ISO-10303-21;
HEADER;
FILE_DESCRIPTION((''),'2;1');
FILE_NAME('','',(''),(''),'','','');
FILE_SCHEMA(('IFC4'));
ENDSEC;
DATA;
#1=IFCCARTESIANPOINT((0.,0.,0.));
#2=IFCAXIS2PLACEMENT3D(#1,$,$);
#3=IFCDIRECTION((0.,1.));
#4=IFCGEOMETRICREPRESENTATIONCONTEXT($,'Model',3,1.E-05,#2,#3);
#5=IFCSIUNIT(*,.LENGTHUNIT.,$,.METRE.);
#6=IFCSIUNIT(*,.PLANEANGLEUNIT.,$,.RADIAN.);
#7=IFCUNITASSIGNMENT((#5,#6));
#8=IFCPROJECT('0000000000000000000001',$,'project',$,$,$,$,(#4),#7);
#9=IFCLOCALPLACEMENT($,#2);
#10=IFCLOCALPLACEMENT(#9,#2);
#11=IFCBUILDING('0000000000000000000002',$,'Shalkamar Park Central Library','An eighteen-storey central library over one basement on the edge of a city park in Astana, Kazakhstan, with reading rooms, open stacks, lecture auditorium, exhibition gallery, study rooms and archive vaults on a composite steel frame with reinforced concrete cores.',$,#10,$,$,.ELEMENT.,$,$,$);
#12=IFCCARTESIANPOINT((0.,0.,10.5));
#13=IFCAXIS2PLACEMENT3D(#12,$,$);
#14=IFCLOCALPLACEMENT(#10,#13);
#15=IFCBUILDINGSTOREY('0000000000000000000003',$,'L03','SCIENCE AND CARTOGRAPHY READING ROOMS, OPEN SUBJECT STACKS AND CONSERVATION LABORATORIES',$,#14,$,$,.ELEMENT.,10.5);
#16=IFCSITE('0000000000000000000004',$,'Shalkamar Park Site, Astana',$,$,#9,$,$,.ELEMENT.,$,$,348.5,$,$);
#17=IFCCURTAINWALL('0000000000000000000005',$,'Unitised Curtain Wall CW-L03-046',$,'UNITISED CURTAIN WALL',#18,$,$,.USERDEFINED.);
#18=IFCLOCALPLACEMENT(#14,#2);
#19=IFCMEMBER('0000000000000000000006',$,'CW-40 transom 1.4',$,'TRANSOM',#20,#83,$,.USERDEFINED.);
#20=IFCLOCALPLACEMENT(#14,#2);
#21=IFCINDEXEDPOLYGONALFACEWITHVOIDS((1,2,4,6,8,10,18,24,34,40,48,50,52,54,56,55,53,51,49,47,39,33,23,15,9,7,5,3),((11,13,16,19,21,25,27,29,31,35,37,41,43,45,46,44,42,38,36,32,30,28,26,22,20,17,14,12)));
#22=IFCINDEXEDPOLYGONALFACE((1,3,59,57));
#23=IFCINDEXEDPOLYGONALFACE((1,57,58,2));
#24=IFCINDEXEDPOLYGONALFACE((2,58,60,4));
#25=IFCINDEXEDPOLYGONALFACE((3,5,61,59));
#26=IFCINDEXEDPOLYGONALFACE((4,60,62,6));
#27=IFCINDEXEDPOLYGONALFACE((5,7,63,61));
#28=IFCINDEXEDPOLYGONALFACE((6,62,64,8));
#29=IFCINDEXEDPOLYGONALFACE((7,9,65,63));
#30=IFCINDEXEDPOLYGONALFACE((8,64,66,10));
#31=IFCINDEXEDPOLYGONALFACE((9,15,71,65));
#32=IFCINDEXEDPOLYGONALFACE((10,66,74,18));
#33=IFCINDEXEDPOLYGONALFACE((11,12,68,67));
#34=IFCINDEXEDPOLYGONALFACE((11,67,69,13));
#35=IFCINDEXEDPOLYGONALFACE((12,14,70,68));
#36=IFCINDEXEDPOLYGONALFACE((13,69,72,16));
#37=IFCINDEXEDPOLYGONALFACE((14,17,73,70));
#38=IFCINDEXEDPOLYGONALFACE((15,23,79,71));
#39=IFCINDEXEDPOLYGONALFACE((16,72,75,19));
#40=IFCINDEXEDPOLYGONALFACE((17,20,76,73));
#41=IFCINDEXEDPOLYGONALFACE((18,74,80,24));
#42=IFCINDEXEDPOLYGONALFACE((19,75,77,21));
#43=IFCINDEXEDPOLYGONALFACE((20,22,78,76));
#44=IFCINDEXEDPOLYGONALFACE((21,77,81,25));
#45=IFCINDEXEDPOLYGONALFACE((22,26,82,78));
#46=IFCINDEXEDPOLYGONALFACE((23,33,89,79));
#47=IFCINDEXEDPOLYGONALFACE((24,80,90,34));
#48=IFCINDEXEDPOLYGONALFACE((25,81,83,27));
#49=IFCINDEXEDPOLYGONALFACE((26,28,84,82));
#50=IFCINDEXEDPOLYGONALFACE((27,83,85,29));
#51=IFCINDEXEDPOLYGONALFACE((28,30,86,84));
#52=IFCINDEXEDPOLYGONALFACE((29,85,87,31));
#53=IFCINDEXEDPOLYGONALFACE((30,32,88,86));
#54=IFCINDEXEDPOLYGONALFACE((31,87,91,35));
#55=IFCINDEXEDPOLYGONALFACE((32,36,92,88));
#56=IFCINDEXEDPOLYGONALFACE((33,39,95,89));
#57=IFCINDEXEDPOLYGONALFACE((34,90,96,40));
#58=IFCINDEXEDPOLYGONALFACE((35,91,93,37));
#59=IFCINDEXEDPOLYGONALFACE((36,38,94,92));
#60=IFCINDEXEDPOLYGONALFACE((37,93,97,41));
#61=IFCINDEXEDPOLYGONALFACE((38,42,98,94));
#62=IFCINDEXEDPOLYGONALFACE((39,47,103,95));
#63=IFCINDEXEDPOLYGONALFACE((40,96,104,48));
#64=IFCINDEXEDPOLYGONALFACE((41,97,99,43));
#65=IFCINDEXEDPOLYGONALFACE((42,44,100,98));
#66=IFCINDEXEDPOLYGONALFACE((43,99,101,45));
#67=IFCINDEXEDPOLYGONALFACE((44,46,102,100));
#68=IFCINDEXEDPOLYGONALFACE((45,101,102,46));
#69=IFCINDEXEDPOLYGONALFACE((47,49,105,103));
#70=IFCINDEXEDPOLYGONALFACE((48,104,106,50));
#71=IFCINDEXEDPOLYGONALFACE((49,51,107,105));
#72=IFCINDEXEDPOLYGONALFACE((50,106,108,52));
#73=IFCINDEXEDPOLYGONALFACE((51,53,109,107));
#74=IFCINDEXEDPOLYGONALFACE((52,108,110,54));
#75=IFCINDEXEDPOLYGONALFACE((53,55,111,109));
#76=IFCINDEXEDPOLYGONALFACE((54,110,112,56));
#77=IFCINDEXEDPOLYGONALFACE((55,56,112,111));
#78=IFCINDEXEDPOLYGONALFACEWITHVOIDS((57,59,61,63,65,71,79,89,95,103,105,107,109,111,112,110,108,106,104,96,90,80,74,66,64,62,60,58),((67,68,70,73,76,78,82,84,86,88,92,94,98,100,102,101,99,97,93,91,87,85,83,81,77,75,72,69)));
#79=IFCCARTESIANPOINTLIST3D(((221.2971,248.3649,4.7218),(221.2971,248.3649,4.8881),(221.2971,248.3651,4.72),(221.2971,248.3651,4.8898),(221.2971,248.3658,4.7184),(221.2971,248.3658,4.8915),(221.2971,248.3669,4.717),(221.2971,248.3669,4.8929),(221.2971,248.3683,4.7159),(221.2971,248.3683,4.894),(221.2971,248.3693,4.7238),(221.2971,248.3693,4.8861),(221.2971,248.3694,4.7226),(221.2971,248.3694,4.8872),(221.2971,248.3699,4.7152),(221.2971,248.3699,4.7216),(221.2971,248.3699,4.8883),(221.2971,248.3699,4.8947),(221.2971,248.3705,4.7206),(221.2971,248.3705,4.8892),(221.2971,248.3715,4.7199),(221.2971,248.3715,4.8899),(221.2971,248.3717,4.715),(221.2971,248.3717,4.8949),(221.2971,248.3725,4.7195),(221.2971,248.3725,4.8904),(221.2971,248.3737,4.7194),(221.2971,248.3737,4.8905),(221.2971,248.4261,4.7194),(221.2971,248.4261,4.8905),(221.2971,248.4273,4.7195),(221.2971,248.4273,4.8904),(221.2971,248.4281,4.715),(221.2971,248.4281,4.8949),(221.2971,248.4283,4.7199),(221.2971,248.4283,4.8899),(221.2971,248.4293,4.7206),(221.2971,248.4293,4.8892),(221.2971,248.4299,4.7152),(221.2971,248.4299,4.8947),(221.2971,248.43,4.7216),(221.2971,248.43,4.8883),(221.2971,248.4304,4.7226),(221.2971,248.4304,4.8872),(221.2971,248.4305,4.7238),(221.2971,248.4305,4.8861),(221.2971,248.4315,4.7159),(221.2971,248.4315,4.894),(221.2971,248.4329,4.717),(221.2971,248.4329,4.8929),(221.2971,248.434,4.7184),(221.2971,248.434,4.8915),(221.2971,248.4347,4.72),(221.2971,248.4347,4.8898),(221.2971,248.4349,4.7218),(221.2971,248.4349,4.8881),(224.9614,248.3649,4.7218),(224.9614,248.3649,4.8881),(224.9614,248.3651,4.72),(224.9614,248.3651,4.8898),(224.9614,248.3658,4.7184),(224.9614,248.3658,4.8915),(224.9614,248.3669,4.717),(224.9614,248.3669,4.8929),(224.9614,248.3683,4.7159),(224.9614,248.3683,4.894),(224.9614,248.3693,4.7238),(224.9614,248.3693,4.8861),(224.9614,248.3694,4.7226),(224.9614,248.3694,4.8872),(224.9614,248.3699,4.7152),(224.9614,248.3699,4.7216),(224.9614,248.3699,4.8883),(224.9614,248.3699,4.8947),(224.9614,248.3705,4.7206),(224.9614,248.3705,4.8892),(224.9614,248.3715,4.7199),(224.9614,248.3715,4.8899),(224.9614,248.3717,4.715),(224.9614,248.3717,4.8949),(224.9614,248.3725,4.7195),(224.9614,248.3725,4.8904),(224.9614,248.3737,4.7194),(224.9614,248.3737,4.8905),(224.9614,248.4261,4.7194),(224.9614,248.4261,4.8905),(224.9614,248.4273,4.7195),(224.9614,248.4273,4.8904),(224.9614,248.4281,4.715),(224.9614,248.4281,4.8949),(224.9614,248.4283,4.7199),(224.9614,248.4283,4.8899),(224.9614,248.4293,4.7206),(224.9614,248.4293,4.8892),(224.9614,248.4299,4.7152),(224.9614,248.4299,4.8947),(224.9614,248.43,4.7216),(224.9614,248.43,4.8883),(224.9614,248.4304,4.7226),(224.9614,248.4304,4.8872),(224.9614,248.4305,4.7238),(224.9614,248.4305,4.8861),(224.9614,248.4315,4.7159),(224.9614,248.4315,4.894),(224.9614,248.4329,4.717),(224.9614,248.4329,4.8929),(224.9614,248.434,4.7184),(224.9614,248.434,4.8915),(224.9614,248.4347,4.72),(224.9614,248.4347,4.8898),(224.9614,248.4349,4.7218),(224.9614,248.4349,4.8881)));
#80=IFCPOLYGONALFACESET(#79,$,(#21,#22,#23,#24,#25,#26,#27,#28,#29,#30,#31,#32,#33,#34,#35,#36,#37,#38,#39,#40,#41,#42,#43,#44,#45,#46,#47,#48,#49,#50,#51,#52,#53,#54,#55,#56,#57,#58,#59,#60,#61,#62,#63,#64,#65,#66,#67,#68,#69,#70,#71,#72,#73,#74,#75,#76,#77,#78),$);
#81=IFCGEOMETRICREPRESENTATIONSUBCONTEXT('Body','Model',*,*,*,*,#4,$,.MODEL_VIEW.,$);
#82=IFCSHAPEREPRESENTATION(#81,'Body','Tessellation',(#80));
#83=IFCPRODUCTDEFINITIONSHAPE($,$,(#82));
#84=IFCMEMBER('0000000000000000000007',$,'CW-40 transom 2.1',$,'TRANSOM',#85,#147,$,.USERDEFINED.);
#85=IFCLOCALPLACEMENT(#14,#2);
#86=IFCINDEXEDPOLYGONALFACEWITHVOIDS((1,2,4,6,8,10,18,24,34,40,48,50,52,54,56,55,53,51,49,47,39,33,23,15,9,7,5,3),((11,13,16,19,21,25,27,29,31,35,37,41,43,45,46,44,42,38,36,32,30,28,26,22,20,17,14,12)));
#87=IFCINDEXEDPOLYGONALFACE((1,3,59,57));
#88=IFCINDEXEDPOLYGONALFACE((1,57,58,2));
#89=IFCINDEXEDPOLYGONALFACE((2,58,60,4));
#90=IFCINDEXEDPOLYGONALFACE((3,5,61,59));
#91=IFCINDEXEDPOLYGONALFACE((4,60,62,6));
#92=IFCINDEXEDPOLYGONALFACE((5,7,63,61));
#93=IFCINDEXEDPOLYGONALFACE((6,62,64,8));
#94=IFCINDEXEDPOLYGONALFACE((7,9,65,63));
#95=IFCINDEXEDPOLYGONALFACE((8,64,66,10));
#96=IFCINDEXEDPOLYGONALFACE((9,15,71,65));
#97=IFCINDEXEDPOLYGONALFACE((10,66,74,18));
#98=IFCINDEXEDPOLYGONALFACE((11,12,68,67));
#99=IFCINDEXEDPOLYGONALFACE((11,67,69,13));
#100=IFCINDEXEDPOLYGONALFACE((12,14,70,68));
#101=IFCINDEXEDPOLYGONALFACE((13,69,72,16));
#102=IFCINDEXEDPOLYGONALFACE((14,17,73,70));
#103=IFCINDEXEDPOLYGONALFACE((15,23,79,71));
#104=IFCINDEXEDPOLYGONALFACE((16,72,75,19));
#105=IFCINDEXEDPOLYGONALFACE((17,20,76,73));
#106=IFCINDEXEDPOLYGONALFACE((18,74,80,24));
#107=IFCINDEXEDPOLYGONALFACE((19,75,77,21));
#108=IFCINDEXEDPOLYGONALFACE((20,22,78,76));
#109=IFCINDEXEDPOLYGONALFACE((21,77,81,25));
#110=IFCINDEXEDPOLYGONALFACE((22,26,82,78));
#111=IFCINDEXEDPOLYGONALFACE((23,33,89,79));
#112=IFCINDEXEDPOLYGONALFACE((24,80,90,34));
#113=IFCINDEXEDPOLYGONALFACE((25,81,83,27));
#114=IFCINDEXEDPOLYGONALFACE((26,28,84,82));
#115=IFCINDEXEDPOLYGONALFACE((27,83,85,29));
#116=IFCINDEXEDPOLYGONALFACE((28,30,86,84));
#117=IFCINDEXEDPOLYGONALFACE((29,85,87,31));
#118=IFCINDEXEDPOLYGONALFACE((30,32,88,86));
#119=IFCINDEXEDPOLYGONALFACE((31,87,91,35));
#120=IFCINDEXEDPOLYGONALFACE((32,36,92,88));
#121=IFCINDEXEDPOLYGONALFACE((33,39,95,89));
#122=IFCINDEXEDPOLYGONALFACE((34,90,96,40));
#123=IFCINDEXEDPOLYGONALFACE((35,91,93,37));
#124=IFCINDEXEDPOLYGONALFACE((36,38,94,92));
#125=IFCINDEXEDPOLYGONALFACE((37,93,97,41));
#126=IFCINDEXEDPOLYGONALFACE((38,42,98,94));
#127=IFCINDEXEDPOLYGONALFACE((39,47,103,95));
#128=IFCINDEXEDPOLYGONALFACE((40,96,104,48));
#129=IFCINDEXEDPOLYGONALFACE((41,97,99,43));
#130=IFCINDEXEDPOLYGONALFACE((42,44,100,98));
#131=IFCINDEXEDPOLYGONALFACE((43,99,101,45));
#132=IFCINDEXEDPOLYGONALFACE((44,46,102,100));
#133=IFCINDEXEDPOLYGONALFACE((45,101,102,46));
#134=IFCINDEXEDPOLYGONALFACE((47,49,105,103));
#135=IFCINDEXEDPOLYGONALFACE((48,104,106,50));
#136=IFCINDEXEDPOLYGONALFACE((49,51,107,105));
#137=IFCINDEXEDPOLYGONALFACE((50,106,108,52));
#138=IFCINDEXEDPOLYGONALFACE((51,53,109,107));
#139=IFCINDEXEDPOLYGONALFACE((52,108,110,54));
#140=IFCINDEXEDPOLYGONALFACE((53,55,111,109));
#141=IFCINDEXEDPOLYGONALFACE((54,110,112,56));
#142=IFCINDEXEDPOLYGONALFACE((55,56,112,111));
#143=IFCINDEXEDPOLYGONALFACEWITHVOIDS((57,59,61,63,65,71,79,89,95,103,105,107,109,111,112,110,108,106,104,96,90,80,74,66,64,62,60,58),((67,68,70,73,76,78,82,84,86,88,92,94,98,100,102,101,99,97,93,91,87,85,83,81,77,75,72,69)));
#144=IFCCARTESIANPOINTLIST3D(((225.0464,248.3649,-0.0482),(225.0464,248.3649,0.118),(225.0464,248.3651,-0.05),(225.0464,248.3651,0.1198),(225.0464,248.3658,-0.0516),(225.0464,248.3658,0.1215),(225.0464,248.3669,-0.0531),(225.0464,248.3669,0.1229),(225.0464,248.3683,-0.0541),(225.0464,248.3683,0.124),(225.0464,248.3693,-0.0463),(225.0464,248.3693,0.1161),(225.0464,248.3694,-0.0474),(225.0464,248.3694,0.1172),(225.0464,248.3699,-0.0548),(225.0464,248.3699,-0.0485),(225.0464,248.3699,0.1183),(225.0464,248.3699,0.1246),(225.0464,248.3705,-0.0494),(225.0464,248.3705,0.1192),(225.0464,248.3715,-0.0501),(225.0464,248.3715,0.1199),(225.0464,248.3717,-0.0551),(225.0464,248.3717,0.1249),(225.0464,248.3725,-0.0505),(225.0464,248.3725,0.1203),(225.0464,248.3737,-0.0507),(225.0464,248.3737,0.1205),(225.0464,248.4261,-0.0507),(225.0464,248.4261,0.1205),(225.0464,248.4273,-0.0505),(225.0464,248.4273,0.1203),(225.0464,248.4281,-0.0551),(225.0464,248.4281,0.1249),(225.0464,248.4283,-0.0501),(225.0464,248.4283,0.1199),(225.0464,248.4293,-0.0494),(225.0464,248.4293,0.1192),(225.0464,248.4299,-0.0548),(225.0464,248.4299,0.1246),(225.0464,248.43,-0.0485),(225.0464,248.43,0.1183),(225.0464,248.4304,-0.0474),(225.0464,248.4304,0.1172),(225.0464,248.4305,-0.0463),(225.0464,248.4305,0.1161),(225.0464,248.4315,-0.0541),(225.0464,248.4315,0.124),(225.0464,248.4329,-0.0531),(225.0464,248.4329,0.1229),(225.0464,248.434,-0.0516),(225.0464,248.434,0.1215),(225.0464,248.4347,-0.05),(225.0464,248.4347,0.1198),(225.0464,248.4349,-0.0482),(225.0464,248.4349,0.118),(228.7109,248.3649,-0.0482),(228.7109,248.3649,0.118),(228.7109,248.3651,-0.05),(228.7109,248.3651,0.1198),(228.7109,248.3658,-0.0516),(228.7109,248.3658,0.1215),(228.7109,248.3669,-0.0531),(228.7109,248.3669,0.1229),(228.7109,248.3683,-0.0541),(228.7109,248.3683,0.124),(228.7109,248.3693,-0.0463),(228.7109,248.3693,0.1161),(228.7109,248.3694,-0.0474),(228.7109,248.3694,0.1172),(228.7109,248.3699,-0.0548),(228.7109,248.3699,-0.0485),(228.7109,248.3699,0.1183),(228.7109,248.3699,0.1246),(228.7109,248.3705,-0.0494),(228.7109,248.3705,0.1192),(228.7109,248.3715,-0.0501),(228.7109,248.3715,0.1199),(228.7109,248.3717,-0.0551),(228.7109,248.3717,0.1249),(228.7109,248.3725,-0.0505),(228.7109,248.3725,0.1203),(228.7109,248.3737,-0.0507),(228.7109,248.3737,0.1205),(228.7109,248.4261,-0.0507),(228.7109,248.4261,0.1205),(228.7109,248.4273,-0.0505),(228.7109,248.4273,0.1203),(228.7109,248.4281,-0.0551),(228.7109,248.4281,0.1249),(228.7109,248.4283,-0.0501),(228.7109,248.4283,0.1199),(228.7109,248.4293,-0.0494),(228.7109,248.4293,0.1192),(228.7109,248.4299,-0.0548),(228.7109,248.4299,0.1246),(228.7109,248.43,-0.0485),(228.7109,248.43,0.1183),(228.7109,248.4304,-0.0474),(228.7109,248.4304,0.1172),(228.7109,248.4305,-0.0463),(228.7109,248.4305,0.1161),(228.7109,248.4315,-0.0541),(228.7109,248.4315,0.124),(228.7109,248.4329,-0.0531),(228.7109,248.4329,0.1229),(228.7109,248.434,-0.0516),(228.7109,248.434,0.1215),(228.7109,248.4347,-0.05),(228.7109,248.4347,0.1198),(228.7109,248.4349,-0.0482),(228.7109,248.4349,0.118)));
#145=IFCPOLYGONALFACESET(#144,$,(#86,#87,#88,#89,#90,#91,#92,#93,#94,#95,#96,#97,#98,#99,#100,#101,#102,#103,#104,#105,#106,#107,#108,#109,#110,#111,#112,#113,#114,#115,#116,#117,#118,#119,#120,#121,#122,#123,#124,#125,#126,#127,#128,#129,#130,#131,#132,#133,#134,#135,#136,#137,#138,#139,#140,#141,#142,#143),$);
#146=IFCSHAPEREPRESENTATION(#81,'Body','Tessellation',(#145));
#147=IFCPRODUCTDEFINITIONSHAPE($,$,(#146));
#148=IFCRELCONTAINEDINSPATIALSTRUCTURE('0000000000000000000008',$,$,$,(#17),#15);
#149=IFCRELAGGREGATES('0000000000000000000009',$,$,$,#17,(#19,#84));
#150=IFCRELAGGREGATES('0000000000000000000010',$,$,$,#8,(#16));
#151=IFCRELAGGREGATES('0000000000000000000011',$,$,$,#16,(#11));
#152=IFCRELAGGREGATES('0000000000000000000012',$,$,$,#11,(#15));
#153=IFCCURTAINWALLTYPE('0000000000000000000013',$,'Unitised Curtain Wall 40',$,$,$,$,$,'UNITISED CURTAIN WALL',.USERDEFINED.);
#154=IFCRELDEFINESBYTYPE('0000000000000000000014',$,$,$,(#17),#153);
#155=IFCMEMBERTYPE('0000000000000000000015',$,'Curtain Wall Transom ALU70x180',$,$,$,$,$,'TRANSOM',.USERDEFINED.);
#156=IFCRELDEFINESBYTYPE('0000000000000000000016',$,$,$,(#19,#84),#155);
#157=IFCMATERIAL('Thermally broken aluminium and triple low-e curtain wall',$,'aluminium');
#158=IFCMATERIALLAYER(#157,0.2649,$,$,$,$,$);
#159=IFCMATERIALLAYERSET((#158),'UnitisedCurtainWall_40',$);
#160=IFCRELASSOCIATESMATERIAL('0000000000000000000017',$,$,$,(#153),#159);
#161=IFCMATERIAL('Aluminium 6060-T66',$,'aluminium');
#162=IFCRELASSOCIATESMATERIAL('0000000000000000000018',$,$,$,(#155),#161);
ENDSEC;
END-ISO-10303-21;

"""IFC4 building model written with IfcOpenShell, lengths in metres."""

from ifc_helpers import new_model, si_unit, direction, frame, origin, origin_2d, place, context, subcontext, project, spatial, hollow_rectangle, extrude, material, layer, layer_set, material_profile, profile_set, type_object, element, aggregate, save


model = new_model("IFC4")

# Units and contexts
model_context = context("Model", 3, precision=1e-05, world=origin(), true_north=direction((0.0, 1.0)))
body_context = subcontext(model_context, "Body", "Model", "MODEL_VIEW")
ifc_project = project(units=[si_unit("LENGTHUNIT", "METRE"), si_unit("PLANEANGLEUNIT", "RADIAN")], contexts=[model_context])

# Site, building, storey
site_placement = place(None, origin())
site = spatial("IfcSite", under=ifc_project, at=site_placement, Name="Shalkamar Park Site, Astana", CompositionType="ELEMENT", RefElevation=348.5)
building_placement = place(site_placement, origin())
building = spatial("IfcBuilding", under=site, at=building_placement, Name="Shalkamar Park Central Library", Description="An eighteen-storey central library over one basement on the edge of a city park in Astana, Kazakhstan, with reading rooms, open stacks, lecture auditorium, exhibition gallery, study rooms and archive vaults on a composite steel frame with reinforced concrete cores.", CompositionType="ELEMENT")
storey_placement = place(building_placement, frame((0.0, 0.0, 10.5)))
storey = spatial("IfcBuildingStorey", under=building, at=storey_placement, Name="L03", Description="SCIENCE AND CARTOGRAPHY READING ROOMS, OPEN SUBJECT STACKS AND CONSERVATION LABORATORIES", CompositionType="ELEMENT", Elevation=10.5)

# Curtain wall, members
ifc_material_1 = material(Name="Thermally broken aluminium and triple low-e curtain wall", Category="aluminium")
ifc_layer_1 = layer(ifc_material_1, 0.2649)
ifc_layer_set_1 = layer_set([ifc_layer_1], Name="UnitisedCurtainWall_40")
curtain_wall_type = type_object("IfcCurtainWallType", Name="Unitised Curtain Wall 40", ElementType="UNITISED CURTAIN WALL", PredefinedType="USERDEFINED", material=ifc_layer_set_1)
curtain_wall_placement = place(storey_placement, origin())
curtain_wall = element("IfcCurtainWall", 1, at=curtain_wall_placement, inside=storey, type_object=curtain_wall_type, Name="Unitised Curtain Wall CW-L03-046", ObjectType="UNITISED CURTAIN WALL", PredefinedType="USERDEFINED")
ifc_material_2 = material(Name="Aluminium 6060-T66", Category="aluminium")
ifc_material_profile_1 = material_profile(ifc_material_2, hollow_rectangle(XDim=0.0701, YDim=0.1799, WallThickness=0.0044, InnerFilletRadius=0.0044, OuterFilletRadius=0.0068, at=origin_2d()), Name="ALU 70x180x4.5")
ifc_profile_set_1 = profile_set([ifc_material_profile_1], Name="Aluminium 6060-T66")
member_type_1 = type_object("IfcMemberType", Name="Curtain Wall Transom ALU70x180", ElementType="TRANSOM", PredefinedType="USERDEFINED", material=ifc_profile_set_1)
member_1_placement = place(storey_placement, frame((221.2971, 248.3999, 4.8049), z_axis=(1.0, 0.0, 0.0), x_axis=(0.0, 1.0, 0.0)))
member_1 = element("IfcMember", 2, at=member_1_placement, type_object=member_type_1, Name="CW-40 transom 1.4", ObjectType="TRANSOM", PredefinedType="USERDEFINED", context=body_context, shape_type="SweptSolid", body=[
    extrude(hollow_rectangle(XDim=0.0701, YDim=0.1799, WallThickness=0.0044, InnerFilletRadius=0.0044, OuterFilletRadius=0.0068, at=origin_2d()), origin(), (0.0, 0.0, 1.0), 3.6643),
])
member_2_placement = place(storey_placement, frame((225.0464, 248.3999, 0.0349), z_axis=(1.0, 0.0, 0.0), x_axis=(0.0, 1.0, 0.0)))
member_2 = element("IfcMember", 3, at=member_2_placement, type_object=member_type_1, Name="CW-40 transom 2.1", ObjectType="TRANSOM", PredefinedType="USERDEFINED", context=body_context, shape_type="SweptSolid", body=[
    extrude(hollow_rectangle(XDim=0.0701, YDim=0.1799, WallThickness=0.0044, InnerFilletRadius=0.0044, OuterFilletRadius=0.0068, at=origin_2d()), origin(), (0.0, 0.0, 1.0), 3.6646),
])

aggregate(curtain_wall, [member_1, member_2])

save(model, "model.ifc")
